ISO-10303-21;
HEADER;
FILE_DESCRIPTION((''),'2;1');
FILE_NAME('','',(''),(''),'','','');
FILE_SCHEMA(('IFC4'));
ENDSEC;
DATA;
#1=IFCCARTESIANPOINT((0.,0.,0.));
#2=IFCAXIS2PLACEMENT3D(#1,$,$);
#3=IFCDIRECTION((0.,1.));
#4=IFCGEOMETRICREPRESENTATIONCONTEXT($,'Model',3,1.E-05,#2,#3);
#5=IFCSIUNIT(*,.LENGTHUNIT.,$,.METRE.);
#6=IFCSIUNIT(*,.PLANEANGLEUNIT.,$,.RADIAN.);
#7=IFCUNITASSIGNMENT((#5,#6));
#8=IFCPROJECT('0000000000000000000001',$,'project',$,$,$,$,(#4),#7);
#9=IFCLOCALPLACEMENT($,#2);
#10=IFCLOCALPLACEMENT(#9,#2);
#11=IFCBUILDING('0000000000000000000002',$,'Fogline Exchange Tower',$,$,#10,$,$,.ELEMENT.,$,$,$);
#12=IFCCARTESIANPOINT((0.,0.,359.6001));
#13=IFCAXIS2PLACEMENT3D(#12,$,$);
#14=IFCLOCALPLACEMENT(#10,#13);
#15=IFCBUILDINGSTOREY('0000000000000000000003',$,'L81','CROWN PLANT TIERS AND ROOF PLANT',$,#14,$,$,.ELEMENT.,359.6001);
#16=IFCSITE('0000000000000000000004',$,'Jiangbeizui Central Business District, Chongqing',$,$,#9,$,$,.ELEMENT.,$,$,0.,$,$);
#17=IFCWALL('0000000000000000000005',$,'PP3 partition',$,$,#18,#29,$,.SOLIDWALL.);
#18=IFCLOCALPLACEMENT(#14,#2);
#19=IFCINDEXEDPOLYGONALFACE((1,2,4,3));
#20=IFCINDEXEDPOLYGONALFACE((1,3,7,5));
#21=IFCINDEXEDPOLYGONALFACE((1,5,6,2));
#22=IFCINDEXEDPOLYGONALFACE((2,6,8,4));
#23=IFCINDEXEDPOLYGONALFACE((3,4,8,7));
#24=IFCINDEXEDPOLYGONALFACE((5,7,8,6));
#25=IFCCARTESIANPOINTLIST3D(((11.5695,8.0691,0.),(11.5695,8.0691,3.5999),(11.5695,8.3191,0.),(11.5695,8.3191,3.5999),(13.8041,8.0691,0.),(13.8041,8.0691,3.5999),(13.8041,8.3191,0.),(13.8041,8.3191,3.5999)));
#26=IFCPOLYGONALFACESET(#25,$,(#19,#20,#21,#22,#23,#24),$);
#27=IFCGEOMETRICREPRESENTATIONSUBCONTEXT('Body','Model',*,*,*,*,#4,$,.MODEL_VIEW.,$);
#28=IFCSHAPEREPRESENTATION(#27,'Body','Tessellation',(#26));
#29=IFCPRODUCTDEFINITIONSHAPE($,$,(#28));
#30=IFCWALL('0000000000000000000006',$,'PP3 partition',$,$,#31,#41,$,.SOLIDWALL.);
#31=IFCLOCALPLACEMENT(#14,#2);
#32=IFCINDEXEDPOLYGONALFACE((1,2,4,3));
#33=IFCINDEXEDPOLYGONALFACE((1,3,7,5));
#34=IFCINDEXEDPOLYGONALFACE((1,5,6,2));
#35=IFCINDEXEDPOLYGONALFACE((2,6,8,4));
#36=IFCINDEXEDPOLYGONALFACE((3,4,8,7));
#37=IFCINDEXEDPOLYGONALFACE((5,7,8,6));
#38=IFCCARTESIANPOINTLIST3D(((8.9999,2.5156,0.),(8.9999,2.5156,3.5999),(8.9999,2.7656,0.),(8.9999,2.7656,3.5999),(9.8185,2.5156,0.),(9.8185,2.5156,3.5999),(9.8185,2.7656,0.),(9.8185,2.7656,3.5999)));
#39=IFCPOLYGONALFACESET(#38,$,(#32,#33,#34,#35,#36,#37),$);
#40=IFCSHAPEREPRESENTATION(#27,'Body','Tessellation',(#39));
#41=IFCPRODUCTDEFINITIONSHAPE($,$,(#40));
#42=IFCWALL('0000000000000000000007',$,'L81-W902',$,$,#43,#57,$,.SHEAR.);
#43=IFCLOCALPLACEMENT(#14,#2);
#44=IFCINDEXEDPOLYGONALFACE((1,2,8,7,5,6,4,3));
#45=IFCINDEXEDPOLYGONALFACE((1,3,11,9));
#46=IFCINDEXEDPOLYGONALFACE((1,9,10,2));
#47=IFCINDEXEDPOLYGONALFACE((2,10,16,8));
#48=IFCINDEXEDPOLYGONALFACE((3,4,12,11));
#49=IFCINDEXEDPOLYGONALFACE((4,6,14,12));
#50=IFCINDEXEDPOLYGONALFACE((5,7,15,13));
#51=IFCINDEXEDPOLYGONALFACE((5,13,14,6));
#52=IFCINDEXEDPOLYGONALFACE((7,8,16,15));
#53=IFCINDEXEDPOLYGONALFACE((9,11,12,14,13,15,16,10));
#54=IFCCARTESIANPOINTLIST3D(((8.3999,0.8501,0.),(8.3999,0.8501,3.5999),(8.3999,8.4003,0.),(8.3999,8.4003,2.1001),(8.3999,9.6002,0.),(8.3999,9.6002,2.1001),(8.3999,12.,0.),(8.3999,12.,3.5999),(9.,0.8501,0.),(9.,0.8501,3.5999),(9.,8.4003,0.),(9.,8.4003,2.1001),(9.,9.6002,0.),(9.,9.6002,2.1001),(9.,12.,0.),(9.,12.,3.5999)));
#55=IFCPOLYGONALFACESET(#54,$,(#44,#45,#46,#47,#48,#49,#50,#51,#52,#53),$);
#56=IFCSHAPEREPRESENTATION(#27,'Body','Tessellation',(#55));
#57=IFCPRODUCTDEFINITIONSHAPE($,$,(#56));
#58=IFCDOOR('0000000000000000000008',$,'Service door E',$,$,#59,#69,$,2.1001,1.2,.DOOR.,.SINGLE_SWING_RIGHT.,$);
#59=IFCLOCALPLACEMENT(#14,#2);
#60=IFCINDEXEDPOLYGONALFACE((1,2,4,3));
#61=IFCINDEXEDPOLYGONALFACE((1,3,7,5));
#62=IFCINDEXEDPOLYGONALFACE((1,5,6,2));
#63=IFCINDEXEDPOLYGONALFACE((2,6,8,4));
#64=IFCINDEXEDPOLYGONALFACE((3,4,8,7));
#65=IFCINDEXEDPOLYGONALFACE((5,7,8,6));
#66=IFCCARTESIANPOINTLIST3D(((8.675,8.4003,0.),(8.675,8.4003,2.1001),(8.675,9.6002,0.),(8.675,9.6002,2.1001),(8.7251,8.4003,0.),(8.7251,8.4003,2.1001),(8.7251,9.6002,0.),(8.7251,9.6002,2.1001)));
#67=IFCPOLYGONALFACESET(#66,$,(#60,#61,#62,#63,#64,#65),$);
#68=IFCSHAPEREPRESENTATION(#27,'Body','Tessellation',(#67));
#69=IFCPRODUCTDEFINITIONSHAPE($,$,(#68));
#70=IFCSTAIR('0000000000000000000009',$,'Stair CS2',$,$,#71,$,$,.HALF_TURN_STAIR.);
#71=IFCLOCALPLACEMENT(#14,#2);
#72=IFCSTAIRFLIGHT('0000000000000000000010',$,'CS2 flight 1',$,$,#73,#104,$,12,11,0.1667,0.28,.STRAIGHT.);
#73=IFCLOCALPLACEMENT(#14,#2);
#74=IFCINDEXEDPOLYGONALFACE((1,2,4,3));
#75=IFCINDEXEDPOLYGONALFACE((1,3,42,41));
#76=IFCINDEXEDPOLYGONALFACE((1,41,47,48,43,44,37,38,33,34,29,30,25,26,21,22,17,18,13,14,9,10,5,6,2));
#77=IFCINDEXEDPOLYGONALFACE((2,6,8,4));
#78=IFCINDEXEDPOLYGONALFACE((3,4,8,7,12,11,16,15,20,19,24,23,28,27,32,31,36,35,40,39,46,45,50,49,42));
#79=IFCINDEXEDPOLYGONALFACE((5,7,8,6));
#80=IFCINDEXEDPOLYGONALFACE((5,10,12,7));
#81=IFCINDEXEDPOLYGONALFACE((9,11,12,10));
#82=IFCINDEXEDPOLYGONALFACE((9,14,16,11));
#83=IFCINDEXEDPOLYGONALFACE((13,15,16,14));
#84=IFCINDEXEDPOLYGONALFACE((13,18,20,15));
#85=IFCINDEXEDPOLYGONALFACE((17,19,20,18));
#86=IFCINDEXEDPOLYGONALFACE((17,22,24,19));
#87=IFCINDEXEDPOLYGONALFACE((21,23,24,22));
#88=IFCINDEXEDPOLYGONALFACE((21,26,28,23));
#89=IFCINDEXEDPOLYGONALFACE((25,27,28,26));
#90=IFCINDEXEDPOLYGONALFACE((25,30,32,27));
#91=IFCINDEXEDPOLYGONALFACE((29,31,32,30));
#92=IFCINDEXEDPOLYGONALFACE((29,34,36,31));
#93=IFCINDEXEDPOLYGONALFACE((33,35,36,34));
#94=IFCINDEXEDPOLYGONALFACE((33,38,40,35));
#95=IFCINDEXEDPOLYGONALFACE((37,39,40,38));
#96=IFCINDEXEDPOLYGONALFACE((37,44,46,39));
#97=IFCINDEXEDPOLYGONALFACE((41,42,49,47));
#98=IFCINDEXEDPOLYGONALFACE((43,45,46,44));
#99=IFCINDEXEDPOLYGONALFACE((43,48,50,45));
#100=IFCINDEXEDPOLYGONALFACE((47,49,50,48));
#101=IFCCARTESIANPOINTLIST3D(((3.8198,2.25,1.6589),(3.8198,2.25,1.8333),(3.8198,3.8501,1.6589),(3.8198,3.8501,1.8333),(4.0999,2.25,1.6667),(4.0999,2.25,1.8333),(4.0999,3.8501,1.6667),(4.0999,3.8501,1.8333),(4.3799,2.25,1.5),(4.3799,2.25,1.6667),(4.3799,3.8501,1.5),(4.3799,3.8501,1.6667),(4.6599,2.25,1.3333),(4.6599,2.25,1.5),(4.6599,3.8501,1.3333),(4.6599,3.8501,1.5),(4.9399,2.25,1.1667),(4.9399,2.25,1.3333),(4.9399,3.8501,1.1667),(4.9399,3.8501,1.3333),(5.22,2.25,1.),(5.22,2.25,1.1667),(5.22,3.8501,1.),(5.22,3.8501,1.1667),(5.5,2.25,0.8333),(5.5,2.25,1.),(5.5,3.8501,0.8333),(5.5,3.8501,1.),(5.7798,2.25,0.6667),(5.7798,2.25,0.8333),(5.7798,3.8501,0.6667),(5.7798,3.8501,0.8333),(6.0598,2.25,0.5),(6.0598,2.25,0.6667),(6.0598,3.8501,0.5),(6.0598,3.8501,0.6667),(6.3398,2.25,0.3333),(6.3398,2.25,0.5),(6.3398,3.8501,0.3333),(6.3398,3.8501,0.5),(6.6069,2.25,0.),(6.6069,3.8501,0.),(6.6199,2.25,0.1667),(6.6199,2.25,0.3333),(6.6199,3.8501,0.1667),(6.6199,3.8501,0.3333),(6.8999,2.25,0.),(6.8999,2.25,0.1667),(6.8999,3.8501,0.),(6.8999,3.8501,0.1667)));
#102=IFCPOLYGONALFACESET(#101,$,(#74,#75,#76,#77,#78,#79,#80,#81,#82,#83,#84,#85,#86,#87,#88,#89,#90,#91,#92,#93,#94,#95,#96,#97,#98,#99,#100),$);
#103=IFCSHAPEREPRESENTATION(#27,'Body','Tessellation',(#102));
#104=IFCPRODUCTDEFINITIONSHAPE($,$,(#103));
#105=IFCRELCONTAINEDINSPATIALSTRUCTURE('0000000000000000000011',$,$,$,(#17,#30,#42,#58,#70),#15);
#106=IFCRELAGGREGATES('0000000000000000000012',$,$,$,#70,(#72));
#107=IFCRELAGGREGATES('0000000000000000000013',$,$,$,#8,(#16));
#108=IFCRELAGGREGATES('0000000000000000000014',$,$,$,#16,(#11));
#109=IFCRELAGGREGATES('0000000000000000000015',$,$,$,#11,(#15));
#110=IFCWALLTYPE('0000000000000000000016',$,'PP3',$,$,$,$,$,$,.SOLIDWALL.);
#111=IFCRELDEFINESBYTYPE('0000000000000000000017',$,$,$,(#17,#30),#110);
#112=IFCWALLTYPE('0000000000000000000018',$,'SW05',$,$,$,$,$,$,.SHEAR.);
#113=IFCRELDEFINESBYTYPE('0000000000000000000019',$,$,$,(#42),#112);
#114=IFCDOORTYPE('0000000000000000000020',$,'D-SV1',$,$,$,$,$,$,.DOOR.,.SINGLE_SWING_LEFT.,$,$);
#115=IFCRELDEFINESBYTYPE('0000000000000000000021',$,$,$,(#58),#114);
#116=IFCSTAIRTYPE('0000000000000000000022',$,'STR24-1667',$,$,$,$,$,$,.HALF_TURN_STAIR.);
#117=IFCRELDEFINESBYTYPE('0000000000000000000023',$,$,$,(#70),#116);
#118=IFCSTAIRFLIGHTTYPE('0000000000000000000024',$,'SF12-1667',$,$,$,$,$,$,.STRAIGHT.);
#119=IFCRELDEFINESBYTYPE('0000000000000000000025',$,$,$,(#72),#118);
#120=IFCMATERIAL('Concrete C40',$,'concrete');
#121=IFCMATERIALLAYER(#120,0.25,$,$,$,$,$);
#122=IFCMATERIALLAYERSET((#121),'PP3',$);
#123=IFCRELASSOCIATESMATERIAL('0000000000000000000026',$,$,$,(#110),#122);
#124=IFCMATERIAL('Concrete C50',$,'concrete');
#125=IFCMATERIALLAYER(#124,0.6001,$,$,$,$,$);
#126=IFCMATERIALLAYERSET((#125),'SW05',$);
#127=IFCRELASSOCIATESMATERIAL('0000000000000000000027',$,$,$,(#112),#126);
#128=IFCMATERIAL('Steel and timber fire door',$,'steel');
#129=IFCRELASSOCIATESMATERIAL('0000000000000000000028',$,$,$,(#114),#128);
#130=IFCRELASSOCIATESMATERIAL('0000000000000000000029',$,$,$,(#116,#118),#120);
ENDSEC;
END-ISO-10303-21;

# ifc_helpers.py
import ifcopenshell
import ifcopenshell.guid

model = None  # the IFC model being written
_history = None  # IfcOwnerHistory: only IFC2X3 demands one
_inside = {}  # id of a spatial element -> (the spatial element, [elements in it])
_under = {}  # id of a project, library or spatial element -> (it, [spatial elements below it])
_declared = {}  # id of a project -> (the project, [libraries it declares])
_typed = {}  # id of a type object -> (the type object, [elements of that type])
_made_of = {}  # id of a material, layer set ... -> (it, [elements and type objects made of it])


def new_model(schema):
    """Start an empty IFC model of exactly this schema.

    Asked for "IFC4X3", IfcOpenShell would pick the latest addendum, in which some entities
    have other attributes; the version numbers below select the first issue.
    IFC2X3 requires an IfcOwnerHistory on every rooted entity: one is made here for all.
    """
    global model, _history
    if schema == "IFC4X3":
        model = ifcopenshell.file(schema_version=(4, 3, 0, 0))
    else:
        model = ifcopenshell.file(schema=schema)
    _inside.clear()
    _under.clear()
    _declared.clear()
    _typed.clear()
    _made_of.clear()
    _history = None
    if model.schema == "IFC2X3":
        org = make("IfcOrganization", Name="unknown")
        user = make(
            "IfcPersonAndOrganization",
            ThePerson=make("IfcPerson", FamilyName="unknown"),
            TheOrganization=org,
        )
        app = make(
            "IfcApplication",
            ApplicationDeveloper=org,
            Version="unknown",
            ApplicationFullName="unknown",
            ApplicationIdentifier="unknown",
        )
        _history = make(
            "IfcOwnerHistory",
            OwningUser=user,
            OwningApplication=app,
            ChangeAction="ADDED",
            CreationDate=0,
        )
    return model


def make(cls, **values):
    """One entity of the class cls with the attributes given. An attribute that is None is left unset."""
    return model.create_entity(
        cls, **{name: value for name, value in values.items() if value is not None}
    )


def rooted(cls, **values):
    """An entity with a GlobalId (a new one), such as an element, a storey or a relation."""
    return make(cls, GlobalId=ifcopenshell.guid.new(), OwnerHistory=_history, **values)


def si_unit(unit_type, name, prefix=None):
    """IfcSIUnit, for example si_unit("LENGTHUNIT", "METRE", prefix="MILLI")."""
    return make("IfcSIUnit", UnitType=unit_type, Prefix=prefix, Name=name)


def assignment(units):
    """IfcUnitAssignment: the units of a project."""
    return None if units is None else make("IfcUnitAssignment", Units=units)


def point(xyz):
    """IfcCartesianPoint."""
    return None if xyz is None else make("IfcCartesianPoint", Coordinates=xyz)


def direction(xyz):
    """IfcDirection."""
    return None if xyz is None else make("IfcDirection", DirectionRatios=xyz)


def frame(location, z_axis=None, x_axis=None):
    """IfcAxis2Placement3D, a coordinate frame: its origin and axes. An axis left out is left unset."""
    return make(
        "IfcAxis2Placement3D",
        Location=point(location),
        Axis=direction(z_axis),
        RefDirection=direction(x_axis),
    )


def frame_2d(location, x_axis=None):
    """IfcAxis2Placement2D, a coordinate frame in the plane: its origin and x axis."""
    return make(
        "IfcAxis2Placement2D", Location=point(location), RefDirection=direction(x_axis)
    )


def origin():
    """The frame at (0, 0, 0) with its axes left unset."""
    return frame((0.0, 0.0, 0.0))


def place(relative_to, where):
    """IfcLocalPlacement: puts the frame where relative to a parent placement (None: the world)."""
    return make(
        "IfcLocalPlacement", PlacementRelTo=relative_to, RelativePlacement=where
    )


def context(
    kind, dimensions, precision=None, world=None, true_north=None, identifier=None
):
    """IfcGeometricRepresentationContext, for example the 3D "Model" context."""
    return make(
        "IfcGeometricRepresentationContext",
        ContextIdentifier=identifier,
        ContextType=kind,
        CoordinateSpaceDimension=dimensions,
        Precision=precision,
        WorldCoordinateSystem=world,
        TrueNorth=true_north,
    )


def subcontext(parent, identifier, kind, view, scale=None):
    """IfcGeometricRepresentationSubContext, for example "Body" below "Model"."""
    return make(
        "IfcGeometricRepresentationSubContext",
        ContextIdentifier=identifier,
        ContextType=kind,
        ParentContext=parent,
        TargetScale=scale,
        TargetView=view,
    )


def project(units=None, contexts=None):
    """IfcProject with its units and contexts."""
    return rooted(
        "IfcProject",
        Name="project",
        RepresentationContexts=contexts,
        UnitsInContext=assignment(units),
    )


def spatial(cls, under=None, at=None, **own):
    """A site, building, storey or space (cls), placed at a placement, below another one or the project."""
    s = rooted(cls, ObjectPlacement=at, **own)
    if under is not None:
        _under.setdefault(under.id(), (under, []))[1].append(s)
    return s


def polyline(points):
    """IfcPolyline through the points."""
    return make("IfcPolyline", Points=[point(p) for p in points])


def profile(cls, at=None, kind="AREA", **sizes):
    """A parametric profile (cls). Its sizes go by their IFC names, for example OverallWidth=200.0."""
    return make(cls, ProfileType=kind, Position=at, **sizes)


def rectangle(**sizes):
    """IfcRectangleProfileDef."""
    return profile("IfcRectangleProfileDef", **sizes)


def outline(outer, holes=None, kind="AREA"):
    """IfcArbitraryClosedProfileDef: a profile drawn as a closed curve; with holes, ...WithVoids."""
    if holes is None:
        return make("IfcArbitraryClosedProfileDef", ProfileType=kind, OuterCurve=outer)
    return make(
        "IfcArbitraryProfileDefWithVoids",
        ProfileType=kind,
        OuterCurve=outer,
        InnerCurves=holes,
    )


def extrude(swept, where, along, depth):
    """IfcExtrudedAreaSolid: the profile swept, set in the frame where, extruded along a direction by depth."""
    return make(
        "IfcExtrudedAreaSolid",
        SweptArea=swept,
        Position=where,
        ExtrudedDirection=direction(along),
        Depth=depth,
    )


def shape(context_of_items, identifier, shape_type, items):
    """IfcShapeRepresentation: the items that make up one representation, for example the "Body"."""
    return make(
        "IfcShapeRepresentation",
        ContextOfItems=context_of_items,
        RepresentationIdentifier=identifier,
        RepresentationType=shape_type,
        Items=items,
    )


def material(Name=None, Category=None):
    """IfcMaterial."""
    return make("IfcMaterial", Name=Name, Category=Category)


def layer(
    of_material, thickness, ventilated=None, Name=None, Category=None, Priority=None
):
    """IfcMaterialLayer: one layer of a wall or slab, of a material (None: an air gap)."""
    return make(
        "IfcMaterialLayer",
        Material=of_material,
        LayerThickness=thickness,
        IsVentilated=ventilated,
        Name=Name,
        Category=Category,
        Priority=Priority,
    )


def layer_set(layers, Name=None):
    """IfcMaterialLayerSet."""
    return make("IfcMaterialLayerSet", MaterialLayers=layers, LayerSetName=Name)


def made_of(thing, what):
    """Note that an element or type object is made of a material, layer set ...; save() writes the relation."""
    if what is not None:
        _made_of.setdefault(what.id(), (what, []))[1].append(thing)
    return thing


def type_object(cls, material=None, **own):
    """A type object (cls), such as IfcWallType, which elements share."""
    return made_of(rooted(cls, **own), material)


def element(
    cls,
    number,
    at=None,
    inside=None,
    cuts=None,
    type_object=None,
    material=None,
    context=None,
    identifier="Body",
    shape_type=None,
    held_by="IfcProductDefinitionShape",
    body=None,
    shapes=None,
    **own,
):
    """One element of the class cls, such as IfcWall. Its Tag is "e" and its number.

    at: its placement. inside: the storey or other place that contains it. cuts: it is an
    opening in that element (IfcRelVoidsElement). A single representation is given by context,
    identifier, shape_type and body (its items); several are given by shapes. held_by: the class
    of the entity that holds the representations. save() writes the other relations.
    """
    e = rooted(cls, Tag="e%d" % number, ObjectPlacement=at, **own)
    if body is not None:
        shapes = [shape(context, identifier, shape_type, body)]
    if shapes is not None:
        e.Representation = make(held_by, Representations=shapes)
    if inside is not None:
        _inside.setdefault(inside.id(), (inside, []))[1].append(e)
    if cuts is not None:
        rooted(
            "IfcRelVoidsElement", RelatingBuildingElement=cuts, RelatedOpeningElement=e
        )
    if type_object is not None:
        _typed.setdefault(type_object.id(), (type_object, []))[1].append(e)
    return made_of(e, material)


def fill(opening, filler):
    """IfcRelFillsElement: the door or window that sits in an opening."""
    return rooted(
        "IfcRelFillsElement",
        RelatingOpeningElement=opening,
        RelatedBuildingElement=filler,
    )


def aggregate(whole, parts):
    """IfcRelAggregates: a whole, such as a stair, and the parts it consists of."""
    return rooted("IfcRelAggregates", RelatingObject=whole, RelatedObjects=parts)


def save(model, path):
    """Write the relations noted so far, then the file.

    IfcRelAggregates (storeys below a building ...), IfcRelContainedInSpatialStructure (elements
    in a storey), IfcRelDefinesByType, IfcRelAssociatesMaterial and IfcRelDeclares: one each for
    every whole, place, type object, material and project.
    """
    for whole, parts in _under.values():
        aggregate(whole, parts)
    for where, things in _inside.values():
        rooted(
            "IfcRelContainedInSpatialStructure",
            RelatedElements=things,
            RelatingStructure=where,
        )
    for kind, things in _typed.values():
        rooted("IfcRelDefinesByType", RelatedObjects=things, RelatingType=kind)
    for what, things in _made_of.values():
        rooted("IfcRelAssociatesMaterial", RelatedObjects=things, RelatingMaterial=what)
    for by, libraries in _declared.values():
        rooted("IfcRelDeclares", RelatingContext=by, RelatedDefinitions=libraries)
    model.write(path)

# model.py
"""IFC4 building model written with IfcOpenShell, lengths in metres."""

from ifc_helpers import new_model, si_unit, direction, frame, frame_2d, origin, place, context, subcontext, project, spatial, polyline, rectangle, outline, extrude, material, layer, layer_set, type_object, element, fill, aggregate, save


model = new_model("IFC4")

# Units and contexts
model_context = context("Model", 3, precision=1e-05, world=origin(), true_north=direction((0.0, 1.0)))
body_context = subcontext(model_context, "Body", "Model", "MODEL_VIEW")
ifc_project = project(units=[si_unit("LENGTHUNIT", "METRE"), si_unit("PLANEANGLEUNIT", "RADIAN")], contexts=[model_context])

# Site, building, storey
site_placement = place(None, origin())
site = spatial("IfcSite", under=ifc_project, at=site_placement, Name="Jiangbeizui Central Business District, Chongqing", CompositionType="ELEMENT", RefElevation=0.0)
building_placement = place(site_placement, origin())
building = spatial("IfcBuilding", under=site, at=building_placement, Name="Fogline Exchange Tower", CompositionType="ELEMENT")
storey_placement = place(building_placement, frame((0.0, 0.0, 359.6001)))
storey = spatial("IfcBuildingStorey", under=building, at=storey_placement, Name="L81", Description="CROWN PLANT TIERS AND ROOF PLANT", CompositionType="ELEMENT", Elevation=359.6001)

# Shared definitions
ifc_material_1 = material(Name="Concrete C40", Category="concrete")

# Walls
ifc_layer_1 = layer(ifc_material_1, 0.25)
ifc_layer_set_1 = layer_set([ifc_layer_1], Name="PP3")
wall_type_1 = type_object("IfcWallType", Name="PP3", PredefinedType="SOLIDWALL", material=ifc_layer_set_1)
wall_1_placement = place(storey_placement, frame((11.5696, 8.1941, 0.0), z_axis=(0.0, 0.0, 1.0), x_axis=(1.0, 0.0, 0.0)))
element("IfcWall", 1, at=wall_1_placement, inside=storey, type_object=wall_type_1, Name="PP3 partition", PredefinedType="SOLIDWALL", context=body_context, shape_type="SweptSolid", body=[
    extrude(rectangle(XDim=2.2346, YDim=0.25, at=frame_2d((1.1172, 0.0))), origin(), (0.0, 0.0, 1.0), 3.5999),
])
wall_2_placement = place(storey_placement, frame((9.0, 2.6406, 0.0), z_axis=(0.0, 0.0, 1.0), x_axis=(1.0, 0.0, 0.0)))
element("IfcWall", 2, at=wall_2_placement, inside=storey, type_object=wall_type_1, Name="PP3 partition", PredefinedType="SOLIDWALL", context=body_context, shape_type="SweptSolid", body=[
    extrude(rectangle(XDim=0.8186, YDim=0.25, at=frame_2d((0.4092, 0.0))), origin(), (0.0, 0.0, 1.0), 3.5999),
])

# Wall, opening, door
ifc_material_2 = material(Name="Concrete C50", Category="concrete")
ifc_layer_2 = layer(ifc_material_2, 0.6001)
ifc_layer_set_2 = layer_set([ifc_layer_2], Name="SW05")
wall_type_2 = type_object("IfcWallType", Name="SW05", PredefinedType="SHEAR", material=ifc_layer_set_2)
wall_3_placement = place(storey_placement, frame((8.7, 0.8501, 0.0), z_axis=(0.0, 0.0, 1.0), x_axis=(0.0, 1.0, 0.0)))
wall_3 = element("IfcWall", 3, at=wall_3_placement, inside=storey, type_object=wall_type_2, Name="L81-W902", PredefinedType="SHEAR", context=body_context, shape_type="SweptSolid", body=[
    extrude(rectangle(XDim=11.1499, YDim=0.6001, at=frame_2d((5.575, 0.0))), origin(), (0.0, 0.0, 1.0), 3.5999),
])
opening_1_placement = place(wall_3_placement, frame((7.55, 0.0, 0.0)))
opening_1 = element("IfcOpeningElement", 4, at=opening_1_placement, cuts=wall_3, PredefinedType="OPENING", context=body_context, shape_type="SweptSolid", body=[
    extrude(rectangle(XDim=1.2, YDim=2.1001, at=frame_2d((0.6001, 1.05))), frame((0.0, 0.3101, 0.0), z_axis=(0.0, -1.0, 0.0), x_axis=(1.0, 0.0, 0.0)), (0.0, 0.0, 1.0), 0.6201),
])
ifc_material_3 = material(Name="Steel and timber fire door", Category="steel")
door_type_1 = type_object("IfcDoorType", Name="D-SV1", OperationType="SINGLE_SWING_LEFT", PredefinedType="DOOR", material=ifc_material_3)
door_1_placement = place(opening_1_placement, origin())
door_1 = element("IfcDoor", 5, at=door_1_placement, inside=storey, type_object=door_type_1, Name="Service door E", OperationType="SINGLE_SWING_RIGHT", OverallHeight=2.1001, OverallWidth=1.2, PredefinedType="DOOR", context=body_context, shape_type="SweptSolid", body=[
    extrude(rectangle(XDim=1.2, YDim=2.1001, at=frame_2d((0.6001, 1.05))), frame((0.0, 0.0249, 0.0), z_axis=(0.0, -1.0, 0.0), x_axis=(1.0, 0.0, 0.0)), (0.0, 0.0, 1.0), 0.05),
])
fill(opening_1, door_1)

# Stair, stair flight
stair_type = type_object("IfcStairType", Name="STR24-1667", PredefinedType="HALF_TURN_STAIR", material=ifc_material_1)
stair_placement = place(storey_placement, origin())
stair = element("IfcStair", 6, at=stair_placement, inside=storey, type_object=stair_type, Name="Stair CS2", PredefinedType="HALF_TURN_STAIR")
stair_flight_type = type_object("IfcStairFlightType", Name="SF12-1667", PredefinedType="STRAIGHT", material=ifc_material_1)
stair_flight_placement = place(storey_placement, frame((6.8999, 3.05, 0.0), z_axis=(0.0, 0.0, 1.0), x_axis=(-1.0, 0.0, 0.0)))
stair_flight = element("IfcStairFlight", 7, at=stair_flight_placement, type_object=stair_flight_type, Name="CS2 flight 1", NumberOfRisers=12, NumberOfTreads=11, PredefinedType="STRAIGHT", RiserHeight=0.1667, TreadLength=0.28, context=body_context, shape_type="SweptSolid", body=[
    extrude(outline(polyline([(0.0, 0.0), (0.0, 0.1667), (0.28, 0.1667), (0.28, 0.3333), (0.5601, 0.3333), (0.5601, 0.5), (0.8401, 0.5), (0.8401, 0.6667), (1.1201, 0.6667), (1.1201, 0.8333), (1.3999, 0.8333), (1.3999, 1.0), (1.6799, 1.0), (1.6799, 1.1667), (1.96, 1.1667), (1.96, 1.3333), (2.24, 1.3333), (2.24, 1.5), (2.52, 1.5), (2.52, 1.6667), (2.8, 1.6667), (2.8, 1.8333), (3.0801, 1.8333), (3.0801, 2.0), (3.0801, 1.6589), (0.293, 0.0), (0.0, 0.0)])), frame((0.0, 0.8, 0.0), z_axis=(0.0, -1.0, 0.0), x_axis=(1.0, 0.0, 0.0)), (0.0, 0.0, 1.0), 1.6001),
])
aggregate(stair, [stair_flight])

save(model, "model.ifc")
